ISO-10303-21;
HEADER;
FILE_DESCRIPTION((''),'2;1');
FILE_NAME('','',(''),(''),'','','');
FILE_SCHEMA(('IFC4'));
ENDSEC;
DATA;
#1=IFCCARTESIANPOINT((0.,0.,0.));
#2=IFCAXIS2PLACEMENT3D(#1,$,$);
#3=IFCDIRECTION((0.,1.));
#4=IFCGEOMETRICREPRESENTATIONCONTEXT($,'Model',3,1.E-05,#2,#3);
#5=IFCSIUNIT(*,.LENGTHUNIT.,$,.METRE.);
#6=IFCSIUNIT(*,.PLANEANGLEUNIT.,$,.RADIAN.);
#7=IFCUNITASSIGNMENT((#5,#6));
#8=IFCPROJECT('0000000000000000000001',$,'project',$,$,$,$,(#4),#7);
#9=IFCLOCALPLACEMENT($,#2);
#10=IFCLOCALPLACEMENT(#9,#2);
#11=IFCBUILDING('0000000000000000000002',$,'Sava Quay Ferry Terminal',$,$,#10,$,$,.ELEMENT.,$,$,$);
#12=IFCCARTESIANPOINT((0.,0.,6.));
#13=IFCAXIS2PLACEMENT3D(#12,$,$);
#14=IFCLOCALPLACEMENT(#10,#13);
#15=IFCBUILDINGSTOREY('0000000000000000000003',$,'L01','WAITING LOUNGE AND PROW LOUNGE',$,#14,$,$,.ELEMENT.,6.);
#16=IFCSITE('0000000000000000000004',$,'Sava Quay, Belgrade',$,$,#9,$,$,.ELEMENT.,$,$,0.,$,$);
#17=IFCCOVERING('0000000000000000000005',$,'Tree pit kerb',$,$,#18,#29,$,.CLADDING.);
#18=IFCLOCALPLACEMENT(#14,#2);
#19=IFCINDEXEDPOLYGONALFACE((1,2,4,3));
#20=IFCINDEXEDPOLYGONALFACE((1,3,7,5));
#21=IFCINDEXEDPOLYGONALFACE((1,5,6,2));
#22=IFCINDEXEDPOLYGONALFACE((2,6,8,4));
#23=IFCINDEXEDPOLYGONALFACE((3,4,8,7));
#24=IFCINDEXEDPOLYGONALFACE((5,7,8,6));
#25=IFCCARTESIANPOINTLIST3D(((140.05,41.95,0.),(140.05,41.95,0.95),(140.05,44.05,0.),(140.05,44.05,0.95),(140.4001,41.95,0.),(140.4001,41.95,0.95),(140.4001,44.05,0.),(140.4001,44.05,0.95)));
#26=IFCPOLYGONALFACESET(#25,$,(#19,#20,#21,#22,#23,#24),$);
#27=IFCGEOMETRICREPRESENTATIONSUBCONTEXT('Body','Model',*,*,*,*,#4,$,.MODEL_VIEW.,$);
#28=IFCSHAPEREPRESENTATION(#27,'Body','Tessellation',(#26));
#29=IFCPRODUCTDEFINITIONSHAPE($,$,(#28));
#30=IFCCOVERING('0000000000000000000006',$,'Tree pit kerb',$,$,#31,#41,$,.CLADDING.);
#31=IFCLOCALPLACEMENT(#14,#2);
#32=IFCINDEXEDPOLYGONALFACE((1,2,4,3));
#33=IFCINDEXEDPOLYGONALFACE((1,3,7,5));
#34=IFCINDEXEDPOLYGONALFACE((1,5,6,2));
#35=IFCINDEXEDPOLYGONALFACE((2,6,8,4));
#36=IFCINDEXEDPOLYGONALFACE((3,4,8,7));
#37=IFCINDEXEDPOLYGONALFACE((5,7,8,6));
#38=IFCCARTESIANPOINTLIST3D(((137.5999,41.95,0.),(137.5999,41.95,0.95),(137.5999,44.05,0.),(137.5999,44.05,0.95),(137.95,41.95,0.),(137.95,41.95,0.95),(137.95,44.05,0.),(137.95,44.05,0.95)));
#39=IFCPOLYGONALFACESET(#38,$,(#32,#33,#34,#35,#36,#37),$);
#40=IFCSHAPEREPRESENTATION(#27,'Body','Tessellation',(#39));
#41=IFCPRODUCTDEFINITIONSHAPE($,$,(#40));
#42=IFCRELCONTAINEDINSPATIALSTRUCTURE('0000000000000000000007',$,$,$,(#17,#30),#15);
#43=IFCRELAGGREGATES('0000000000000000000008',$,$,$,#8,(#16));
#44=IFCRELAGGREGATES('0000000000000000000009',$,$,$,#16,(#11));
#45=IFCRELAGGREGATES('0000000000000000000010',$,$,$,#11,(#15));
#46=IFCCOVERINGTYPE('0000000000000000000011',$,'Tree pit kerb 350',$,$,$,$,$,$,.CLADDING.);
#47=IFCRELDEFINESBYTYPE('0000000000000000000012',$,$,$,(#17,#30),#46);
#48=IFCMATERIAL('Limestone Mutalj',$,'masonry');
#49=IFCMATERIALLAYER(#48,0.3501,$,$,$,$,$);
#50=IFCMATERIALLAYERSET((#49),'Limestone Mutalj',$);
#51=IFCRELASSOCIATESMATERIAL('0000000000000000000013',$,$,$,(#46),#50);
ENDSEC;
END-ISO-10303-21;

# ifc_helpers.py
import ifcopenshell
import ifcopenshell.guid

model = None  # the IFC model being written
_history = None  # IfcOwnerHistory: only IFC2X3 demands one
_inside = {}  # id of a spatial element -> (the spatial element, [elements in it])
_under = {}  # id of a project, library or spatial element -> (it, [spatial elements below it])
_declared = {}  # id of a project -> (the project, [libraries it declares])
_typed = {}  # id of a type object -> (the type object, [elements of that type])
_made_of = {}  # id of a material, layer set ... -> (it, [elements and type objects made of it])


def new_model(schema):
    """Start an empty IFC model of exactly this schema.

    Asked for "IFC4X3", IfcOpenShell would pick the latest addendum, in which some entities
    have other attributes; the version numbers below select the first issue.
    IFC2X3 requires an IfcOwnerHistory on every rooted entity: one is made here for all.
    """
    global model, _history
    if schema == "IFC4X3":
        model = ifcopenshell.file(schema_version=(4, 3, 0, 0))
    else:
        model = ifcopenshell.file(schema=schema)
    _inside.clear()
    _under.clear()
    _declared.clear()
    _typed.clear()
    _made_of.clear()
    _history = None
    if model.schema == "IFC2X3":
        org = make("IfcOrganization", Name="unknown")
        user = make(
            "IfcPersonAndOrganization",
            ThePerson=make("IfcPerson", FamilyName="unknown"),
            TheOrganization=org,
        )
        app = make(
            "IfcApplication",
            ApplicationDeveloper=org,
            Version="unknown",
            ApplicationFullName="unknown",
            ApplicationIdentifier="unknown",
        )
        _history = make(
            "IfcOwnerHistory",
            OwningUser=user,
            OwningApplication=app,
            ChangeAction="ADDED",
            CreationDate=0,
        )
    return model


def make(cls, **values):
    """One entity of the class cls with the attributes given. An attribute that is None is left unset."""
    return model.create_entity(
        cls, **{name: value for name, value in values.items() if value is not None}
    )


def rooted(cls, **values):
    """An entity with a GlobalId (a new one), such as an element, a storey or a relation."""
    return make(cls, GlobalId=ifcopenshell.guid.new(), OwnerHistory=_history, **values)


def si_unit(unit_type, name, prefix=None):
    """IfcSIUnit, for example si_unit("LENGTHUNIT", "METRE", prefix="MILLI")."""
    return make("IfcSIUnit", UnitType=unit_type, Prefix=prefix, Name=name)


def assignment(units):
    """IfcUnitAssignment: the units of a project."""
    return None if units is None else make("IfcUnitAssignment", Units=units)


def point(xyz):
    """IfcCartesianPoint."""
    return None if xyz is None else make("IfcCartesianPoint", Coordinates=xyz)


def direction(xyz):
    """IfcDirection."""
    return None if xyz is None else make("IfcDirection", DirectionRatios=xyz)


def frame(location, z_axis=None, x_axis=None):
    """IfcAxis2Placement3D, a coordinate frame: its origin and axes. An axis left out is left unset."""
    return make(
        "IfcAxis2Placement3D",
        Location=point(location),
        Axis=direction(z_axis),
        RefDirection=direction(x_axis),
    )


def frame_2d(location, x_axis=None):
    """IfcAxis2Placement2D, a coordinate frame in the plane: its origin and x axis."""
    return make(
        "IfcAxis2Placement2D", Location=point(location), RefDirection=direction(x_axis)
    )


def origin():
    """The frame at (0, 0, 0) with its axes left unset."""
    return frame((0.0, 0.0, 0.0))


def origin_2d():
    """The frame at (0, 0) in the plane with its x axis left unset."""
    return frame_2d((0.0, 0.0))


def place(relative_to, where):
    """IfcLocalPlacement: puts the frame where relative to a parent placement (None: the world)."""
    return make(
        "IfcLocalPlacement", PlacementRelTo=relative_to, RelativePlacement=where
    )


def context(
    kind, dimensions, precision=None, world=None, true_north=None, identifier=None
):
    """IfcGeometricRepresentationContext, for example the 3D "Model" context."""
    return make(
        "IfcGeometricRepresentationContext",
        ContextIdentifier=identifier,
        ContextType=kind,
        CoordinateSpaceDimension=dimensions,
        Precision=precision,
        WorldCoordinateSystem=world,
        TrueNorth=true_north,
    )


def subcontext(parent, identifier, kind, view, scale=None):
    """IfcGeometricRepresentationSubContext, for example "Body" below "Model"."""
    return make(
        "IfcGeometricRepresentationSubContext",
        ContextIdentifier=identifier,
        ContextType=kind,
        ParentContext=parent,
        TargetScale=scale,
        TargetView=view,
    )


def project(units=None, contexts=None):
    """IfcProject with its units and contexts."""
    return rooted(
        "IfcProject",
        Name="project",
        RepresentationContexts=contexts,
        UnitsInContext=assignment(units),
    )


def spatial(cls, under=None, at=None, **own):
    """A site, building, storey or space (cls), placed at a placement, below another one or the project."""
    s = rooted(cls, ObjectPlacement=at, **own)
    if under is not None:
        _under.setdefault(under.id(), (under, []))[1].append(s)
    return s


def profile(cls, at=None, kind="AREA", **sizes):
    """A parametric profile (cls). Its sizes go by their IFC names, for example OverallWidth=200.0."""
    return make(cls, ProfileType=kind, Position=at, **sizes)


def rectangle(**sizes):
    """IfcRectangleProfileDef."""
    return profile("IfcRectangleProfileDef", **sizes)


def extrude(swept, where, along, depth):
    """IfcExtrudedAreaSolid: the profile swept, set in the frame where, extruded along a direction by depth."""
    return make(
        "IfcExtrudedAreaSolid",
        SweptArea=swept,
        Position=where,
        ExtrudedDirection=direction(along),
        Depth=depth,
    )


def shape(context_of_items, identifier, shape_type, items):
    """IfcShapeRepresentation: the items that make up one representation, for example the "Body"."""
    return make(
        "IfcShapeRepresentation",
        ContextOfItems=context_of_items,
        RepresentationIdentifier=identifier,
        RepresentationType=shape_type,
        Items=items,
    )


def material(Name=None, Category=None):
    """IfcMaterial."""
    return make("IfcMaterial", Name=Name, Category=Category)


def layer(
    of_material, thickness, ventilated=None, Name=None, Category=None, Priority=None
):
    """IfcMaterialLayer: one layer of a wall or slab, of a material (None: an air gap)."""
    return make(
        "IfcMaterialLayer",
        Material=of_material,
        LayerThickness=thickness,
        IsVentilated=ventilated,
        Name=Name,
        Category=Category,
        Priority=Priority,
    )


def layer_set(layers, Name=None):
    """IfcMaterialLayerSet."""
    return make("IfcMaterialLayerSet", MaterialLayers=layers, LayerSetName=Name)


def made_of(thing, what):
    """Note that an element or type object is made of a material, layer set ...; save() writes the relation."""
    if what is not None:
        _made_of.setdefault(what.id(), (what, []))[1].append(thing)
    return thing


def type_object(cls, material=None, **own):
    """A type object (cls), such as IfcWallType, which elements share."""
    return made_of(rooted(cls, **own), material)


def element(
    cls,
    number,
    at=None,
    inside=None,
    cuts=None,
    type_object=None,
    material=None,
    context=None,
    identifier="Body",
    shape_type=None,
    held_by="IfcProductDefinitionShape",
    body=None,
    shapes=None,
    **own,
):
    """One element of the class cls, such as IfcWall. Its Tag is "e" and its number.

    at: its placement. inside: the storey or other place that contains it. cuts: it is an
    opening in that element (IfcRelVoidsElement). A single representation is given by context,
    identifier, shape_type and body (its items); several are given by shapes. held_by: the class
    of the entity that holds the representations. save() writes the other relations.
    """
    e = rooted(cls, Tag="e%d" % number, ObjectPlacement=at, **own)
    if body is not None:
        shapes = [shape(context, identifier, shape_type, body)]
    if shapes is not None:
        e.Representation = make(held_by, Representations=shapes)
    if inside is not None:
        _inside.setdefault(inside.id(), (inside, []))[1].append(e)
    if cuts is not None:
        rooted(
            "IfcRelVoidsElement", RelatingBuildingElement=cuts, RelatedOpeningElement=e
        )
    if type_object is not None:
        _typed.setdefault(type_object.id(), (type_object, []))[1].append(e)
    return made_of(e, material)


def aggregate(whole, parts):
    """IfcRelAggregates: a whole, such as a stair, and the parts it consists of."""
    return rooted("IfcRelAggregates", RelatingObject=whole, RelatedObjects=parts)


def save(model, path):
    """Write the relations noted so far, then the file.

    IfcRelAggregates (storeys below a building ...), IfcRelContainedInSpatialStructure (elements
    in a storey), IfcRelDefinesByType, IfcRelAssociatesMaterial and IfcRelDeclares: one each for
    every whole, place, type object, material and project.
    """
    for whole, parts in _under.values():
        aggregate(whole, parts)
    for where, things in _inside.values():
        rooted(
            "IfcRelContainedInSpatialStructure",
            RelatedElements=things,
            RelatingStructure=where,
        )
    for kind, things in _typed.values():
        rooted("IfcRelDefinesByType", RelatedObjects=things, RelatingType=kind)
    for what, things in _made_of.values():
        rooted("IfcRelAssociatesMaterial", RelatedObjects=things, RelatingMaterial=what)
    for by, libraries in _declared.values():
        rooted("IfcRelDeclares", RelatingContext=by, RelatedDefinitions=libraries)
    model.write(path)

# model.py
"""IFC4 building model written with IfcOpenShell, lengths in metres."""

from ifc_helpers import new_model, si_unit, direction, frame, origin, origin_2d, place, context, subcontext, project, spatial, rectangle, extrude, material, layer, layer_set, type_object, element, save


model = new_model("IFC4")

# Units and contexts
model_context = context("Model", 3, precision=1e-05, world=origin(), true_north=direction((0.0, 1.0)))
body_context = subcontext(model_context, "Body", "Model", "MODEL_VIEW")
ifc_project = project(units=[si_unit("LENGTHUNIT", "METRE"), si_unit("PLANEANGLEUNIT", "RADIAN")], contexts=[model_context])

# Site, building, storey
site_placement = place(None, origin())
site = spatial("IfcSite", under=ifc_project, at=site_placement, Name="Sava Quay, Belgrade", CompositionType="ELEMENT", RefElevation=0.0)
building_placement = place(site_placement, origin())
building = spatial("IfcBuilding", under=site, at=building_placement, Name="Sava Quay Ferry Terminal", CompositionType="ELEMENT")
storey_placement = place(building_placement, frame((0.0, 0.0, 6.0)))
storey = spatial("IfcBuildingStorey", under=building, at=storey_placement, Name="L01", Description="WAITING LOUNGE AND PROW LOUNGE", CompositionType="ELEMENT", Elevation=6.0)

# Coverings
ifc_material_1 = material(Name="Limestone Mutalj", Category="masonry")
ifc_layer_1 = layer(ifc_material_1, 0.3501)
ifc_layer_set_1 = layer_set([ifc_layer_1], Name="Limestone Mutalj")
covering_type_1 = type_object("IfcCoveringType", Name="Tree pit kerb 350", PredefinedType="CLADDING", material=ifc_layer_set_1)
for number, where, z_axis, x_axis, name in (
    (1, (140.2251, 43.0, 0.0), (0.0, 0.0, 1.0), (1.0, 0.0, 0.0), "Tree pit kerb"),
    (2, (137.7749, 43.0, 0.0), (0.0, 0.0, 1.0), (1.0, 0.0, 0.0), "Tree pit kerb"),
):
    element("IfcCovering", number, at=place(storey_placement, frame(where, z_axis=z_axis, x_axis=x_axis)), inside=storey, type_object=covering_type_1, Name=name, PredefinedType="CLADDING", context=body_context, shape_type="SweptSolid", body=[
        extrude(rectangle(XDim=0.3501, YDim=2.1001, at=origin_2d()), origin(), (0.0, 0.0, 1.0), 0.95),
    ])

save(model, "model.ifc")
